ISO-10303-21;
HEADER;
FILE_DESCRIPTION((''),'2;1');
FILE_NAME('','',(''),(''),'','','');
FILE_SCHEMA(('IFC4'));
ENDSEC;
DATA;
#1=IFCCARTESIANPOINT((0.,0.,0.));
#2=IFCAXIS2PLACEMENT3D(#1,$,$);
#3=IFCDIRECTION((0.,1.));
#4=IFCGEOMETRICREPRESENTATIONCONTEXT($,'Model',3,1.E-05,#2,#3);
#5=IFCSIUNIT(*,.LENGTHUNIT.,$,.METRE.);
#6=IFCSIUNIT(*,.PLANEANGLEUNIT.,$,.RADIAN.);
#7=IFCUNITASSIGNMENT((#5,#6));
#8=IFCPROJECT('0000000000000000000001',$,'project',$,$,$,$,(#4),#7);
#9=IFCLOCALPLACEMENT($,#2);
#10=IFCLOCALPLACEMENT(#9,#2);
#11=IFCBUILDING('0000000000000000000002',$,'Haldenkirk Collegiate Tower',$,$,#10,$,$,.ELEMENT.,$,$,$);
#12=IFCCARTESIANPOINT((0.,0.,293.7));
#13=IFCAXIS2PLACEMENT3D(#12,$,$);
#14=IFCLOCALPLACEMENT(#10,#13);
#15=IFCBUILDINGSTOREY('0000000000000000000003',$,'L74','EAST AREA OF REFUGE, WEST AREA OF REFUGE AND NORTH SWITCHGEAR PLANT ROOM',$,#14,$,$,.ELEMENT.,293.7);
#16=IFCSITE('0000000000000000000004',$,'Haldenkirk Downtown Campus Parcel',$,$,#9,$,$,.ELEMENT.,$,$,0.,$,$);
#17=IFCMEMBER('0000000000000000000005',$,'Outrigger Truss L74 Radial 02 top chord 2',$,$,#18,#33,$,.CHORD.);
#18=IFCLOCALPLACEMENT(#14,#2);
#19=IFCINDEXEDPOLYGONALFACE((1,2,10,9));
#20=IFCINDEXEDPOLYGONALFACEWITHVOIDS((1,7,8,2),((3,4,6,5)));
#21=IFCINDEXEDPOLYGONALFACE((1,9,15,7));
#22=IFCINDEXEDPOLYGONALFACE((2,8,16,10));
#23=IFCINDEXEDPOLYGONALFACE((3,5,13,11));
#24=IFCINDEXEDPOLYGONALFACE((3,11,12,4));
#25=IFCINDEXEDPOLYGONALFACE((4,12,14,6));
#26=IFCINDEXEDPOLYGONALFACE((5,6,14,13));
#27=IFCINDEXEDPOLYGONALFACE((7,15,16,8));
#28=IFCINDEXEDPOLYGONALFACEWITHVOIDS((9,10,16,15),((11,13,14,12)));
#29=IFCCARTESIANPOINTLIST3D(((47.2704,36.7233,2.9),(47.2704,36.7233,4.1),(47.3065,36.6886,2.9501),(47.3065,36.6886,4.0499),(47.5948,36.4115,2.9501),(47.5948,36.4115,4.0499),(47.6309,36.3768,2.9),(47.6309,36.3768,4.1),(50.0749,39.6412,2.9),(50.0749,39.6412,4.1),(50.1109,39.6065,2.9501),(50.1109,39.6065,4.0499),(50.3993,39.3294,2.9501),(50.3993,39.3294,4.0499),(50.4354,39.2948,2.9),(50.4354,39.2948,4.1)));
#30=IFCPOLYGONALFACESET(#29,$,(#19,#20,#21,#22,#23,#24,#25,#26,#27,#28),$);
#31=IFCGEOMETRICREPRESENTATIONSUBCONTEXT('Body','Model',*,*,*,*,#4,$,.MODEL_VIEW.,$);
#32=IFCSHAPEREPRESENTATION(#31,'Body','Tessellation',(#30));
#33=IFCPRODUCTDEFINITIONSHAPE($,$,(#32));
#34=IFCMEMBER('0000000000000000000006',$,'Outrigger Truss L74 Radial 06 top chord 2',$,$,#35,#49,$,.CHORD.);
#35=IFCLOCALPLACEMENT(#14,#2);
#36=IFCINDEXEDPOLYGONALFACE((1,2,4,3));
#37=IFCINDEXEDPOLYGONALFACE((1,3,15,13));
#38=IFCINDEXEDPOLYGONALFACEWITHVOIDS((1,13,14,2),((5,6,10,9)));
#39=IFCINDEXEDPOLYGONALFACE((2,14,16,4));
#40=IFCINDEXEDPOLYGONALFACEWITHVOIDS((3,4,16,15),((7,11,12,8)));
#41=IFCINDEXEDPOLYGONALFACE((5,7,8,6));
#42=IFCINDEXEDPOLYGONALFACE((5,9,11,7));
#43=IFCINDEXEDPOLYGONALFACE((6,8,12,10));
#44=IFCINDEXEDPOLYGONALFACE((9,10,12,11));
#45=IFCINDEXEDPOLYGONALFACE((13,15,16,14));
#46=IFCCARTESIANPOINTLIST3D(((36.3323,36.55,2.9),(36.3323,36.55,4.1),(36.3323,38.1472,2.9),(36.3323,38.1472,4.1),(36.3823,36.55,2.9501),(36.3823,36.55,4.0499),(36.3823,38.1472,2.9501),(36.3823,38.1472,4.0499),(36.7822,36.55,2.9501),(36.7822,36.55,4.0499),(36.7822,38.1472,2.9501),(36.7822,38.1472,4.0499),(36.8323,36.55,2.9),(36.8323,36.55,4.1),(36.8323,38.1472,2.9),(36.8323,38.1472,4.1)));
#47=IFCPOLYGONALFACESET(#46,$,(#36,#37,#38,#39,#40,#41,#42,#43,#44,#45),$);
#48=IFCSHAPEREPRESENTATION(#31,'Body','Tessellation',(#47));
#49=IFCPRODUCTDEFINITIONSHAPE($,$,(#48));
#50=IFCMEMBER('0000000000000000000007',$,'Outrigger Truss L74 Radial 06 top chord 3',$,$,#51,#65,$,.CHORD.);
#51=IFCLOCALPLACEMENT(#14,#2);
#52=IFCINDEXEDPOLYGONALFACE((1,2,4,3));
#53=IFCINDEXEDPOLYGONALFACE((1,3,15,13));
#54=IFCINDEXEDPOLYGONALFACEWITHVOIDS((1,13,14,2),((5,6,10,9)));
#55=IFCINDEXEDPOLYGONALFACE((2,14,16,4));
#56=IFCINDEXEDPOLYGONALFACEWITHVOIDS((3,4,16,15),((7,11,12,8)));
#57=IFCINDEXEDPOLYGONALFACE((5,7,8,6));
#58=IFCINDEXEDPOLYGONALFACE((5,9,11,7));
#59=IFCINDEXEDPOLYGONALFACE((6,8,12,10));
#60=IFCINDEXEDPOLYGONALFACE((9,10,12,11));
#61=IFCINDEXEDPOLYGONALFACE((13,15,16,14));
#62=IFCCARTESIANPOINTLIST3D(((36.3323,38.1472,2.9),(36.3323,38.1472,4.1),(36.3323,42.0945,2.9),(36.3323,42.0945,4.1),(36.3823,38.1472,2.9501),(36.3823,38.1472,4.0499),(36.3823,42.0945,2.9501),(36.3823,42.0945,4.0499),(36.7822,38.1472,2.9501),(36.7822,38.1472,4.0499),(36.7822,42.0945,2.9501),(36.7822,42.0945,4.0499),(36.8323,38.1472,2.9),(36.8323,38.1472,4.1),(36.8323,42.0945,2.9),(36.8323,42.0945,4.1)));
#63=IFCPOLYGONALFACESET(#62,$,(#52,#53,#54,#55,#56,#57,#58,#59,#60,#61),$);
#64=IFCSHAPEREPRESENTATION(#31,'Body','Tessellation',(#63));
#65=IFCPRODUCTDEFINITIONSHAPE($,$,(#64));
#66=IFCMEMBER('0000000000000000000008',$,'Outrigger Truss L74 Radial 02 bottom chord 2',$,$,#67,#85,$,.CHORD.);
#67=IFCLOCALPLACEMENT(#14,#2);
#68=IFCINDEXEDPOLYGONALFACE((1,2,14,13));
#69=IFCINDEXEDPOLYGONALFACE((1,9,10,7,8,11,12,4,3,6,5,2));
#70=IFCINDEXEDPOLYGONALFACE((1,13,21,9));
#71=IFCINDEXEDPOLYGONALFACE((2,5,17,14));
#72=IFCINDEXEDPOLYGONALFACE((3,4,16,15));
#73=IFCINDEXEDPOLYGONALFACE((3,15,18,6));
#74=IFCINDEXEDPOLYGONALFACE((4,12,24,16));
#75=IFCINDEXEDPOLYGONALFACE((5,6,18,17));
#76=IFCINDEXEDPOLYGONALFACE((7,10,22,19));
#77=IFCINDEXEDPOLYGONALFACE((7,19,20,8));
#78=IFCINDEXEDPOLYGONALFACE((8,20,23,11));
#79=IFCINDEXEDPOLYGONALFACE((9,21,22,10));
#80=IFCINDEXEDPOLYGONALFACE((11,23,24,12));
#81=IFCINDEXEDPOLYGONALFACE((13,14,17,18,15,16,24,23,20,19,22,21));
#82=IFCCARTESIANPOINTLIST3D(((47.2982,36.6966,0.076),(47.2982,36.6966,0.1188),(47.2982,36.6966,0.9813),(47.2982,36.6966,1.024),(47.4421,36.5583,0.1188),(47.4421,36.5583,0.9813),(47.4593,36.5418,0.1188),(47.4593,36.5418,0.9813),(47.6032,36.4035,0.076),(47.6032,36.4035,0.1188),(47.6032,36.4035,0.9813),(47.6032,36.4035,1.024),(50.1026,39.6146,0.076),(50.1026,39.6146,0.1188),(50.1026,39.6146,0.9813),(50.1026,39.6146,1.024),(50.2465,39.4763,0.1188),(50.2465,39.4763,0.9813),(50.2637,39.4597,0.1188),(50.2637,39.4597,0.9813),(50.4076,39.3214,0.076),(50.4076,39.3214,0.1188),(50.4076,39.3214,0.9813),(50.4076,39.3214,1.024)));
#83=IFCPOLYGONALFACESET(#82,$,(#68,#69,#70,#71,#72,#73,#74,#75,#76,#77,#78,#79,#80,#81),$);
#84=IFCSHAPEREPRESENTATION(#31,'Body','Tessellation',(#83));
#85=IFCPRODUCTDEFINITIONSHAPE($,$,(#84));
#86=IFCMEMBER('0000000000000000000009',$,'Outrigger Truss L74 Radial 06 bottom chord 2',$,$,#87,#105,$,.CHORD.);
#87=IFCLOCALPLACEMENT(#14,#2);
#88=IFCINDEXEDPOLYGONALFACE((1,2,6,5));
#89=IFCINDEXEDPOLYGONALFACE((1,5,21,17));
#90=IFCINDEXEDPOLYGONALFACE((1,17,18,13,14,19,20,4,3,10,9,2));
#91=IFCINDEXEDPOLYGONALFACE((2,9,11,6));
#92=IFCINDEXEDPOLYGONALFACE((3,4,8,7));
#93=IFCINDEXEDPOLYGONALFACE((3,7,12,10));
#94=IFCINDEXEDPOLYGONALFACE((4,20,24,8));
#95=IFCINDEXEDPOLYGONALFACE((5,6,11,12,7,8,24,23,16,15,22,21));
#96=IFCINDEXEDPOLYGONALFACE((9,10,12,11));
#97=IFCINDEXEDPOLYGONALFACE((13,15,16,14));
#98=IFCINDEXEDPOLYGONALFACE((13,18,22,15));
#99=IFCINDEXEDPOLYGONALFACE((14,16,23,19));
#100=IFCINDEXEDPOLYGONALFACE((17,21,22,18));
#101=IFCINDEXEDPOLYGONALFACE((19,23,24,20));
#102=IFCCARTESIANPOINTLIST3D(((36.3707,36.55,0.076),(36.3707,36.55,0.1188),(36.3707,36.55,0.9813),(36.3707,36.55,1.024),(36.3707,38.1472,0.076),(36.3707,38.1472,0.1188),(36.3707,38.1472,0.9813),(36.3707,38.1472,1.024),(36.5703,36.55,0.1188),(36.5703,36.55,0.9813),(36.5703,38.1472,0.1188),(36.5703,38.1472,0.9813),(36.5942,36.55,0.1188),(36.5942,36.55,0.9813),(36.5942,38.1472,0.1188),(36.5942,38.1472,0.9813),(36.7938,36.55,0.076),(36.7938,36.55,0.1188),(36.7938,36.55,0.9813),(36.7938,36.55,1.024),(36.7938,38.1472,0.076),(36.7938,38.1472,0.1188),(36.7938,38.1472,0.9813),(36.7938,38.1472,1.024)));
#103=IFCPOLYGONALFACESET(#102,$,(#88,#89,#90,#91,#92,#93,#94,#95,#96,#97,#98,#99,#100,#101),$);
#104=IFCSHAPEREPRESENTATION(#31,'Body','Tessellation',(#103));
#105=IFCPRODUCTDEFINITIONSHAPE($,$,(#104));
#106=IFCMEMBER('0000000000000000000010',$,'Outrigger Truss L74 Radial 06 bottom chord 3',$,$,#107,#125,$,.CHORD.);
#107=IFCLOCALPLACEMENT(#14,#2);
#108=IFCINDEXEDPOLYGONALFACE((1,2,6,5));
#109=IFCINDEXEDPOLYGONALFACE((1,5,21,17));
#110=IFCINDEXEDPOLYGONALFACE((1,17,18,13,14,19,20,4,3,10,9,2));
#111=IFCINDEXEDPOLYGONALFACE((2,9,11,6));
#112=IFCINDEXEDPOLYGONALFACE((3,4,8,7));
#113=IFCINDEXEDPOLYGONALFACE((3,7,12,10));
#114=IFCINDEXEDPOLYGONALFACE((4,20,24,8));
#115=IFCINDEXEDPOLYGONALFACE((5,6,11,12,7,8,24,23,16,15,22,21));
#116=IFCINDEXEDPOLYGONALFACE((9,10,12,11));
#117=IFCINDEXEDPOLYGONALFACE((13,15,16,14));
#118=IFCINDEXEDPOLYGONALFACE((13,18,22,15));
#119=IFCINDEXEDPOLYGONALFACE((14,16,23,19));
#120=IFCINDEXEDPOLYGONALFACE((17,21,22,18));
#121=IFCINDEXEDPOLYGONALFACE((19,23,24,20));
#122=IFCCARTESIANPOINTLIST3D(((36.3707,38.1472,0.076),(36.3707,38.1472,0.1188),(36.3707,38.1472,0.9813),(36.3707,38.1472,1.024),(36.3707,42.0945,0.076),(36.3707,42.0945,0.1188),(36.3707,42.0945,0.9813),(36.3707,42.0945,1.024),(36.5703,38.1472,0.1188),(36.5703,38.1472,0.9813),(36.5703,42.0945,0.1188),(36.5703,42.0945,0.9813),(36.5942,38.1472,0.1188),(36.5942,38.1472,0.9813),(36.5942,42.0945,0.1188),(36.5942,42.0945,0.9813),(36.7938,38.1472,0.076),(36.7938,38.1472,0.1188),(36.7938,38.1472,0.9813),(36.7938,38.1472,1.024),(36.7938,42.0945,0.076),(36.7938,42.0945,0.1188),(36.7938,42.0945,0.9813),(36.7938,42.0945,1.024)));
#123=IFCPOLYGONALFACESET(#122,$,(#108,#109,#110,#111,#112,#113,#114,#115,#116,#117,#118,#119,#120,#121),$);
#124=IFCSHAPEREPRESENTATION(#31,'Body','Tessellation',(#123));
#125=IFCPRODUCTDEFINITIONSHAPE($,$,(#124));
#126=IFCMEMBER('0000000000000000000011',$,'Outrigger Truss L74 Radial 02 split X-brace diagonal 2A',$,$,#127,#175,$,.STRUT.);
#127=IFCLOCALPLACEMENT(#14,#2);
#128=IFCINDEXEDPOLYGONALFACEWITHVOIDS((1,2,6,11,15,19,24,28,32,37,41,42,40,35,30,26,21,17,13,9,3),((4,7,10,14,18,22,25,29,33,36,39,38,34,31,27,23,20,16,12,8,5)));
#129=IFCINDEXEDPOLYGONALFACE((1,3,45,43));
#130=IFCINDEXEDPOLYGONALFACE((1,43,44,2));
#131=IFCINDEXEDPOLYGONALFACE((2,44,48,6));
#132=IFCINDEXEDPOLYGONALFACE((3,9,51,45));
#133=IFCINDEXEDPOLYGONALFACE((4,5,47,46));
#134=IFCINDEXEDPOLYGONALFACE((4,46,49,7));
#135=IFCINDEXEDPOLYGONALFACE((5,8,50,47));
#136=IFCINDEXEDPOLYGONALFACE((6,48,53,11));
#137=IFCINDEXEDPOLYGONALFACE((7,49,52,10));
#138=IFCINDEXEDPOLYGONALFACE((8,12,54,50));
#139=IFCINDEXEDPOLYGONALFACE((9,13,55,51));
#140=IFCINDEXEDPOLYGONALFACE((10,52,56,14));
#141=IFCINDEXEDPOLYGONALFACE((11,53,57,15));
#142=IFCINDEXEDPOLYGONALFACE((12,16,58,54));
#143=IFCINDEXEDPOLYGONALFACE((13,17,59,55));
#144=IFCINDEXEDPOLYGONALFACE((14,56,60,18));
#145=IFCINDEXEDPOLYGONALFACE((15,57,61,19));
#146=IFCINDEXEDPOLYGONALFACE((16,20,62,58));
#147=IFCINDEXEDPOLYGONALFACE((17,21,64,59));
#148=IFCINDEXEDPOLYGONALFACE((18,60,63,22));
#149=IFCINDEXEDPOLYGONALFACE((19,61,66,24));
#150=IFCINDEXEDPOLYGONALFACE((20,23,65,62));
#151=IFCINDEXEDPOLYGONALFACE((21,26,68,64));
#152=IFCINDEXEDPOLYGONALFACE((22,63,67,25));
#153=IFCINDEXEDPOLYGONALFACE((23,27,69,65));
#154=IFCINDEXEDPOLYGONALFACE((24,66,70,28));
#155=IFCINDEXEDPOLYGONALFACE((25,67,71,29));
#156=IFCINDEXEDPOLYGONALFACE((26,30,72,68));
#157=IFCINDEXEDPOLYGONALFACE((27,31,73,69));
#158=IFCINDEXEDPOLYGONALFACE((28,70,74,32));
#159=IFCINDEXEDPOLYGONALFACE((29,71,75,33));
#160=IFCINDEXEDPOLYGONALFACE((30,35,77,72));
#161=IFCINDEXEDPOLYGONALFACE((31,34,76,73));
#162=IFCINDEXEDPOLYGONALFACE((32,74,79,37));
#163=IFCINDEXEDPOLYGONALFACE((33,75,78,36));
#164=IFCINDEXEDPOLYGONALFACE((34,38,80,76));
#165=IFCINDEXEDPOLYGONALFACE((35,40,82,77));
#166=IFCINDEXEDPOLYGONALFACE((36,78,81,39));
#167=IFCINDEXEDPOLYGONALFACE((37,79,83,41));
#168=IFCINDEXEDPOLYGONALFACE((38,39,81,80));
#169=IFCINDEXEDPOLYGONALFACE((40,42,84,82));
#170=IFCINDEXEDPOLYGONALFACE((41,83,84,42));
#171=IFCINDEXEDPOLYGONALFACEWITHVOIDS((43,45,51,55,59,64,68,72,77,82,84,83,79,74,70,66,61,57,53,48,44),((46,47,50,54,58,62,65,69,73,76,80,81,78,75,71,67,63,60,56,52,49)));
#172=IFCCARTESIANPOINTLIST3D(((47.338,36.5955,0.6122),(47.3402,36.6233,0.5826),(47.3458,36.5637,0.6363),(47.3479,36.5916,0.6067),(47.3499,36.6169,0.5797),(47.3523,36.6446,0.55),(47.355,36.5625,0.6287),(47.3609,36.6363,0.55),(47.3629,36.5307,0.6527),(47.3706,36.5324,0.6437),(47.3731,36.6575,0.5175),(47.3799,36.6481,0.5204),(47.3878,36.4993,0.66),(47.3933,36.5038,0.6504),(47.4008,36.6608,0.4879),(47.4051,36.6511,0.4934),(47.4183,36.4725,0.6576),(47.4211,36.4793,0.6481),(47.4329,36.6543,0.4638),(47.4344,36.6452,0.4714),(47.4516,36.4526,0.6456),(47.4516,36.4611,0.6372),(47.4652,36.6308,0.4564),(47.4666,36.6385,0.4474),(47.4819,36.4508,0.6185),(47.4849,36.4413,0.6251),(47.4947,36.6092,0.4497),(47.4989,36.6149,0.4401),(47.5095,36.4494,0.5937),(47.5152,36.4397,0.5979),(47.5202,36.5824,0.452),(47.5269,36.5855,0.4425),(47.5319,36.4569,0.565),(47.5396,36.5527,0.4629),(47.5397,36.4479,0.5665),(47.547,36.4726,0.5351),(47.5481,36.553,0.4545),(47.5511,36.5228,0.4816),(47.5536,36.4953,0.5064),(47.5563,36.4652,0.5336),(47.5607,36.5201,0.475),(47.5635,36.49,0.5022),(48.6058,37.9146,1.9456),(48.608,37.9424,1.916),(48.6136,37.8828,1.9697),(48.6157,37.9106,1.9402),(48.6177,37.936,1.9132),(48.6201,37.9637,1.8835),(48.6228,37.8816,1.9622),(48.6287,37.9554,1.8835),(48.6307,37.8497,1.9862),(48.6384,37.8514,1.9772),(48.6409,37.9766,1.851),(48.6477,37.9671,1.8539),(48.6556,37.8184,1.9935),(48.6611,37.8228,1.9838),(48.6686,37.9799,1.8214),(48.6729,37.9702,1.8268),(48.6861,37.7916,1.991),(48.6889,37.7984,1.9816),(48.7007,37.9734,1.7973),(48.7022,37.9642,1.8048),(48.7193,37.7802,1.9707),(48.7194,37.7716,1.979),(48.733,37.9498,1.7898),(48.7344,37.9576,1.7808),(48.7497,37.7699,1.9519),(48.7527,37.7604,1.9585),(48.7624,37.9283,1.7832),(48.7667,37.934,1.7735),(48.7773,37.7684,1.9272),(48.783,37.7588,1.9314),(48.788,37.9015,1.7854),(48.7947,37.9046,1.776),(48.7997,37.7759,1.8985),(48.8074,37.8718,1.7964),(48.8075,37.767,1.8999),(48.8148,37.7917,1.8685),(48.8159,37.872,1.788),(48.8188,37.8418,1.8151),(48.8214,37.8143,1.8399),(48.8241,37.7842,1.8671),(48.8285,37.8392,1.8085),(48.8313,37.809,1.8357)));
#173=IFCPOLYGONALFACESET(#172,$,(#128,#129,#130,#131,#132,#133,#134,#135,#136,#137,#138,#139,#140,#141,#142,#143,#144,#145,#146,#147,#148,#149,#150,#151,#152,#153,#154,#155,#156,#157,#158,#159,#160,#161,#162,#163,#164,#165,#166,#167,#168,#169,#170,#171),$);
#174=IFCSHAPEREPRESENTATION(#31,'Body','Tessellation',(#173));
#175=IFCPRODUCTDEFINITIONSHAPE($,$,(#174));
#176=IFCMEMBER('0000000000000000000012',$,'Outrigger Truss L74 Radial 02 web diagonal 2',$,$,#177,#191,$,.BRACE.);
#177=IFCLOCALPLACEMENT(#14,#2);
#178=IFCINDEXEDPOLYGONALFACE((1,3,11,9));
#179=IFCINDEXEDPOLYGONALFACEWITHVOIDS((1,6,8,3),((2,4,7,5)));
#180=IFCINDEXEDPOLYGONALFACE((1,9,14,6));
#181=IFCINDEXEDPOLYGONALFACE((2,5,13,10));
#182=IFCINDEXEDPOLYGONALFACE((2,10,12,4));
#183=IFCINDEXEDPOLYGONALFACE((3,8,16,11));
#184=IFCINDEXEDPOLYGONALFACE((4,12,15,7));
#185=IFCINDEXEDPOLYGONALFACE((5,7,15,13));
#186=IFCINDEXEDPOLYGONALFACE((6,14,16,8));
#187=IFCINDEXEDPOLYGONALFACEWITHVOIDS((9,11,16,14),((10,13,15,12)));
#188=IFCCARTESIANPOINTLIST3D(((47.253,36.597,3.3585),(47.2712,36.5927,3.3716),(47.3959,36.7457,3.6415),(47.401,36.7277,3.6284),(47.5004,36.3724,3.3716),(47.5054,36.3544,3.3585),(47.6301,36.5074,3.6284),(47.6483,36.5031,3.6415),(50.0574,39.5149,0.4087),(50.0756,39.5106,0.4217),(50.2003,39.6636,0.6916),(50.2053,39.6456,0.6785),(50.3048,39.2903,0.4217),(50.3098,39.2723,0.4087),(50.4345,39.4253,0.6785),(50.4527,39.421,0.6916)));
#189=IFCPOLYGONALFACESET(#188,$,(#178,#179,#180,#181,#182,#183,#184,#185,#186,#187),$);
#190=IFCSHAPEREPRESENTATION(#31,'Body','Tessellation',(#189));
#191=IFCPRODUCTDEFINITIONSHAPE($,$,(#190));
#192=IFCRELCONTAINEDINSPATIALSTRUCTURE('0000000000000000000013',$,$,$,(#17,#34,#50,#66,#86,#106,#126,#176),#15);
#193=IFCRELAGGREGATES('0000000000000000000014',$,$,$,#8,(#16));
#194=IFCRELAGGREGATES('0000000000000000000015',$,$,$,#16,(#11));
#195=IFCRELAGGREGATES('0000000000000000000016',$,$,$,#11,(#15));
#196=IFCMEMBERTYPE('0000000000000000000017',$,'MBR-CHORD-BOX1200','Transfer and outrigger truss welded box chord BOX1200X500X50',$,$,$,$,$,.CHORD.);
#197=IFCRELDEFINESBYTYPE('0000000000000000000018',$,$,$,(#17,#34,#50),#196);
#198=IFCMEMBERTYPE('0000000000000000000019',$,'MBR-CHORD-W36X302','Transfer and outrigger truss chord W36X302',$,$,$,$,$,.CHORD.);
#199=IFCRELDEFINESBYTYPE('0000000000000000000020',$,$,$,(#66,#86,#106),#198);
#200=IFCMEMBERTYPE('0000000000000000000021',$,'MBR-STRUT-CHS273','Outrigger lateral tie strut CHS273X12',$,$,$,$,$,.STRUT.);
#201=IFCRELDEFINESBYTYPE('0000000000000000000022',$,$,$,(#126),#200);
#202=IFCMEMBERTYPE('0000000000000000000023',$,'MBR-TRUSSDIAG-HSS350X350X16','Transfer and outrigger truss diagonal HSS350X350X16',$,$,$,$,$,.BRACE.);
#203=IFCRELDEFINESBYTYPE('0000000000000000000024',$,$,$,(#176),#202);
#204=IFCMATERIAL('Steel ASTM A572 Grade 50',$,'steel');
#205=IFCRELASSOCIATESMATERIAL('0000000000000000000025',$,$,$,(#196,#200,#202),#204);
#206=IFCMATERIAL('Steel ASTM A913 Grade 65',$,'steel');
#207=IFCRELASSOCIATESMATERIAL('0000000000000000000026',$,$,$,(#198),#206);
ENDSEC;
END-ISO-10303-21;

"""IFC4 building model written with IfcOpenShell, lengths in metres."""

from ifc_helpers import new_model, si_unit, direction, frame, origin, origin_2d, place, context, subcontext, project, spatial, hollow_rectangle, hollow_circle, i_section, extrude, material, material_profile, profile_set, type_object, element, save


model = new_model("IFC4")

# Units and contexts
model_context = context("Model", 3, precision=1e-05, world=origin(), true_north=direction((0.0, 1.0)))
body_context = subcontext(model_context, "Body", "Model", "MODEL_VIEW")
ifc_project = project(units=[si_unit("LENGTHUNIT", "METRE"), si_unit("PLANEANGLEUNIT", "RADIAN")], contexts=[model_context])

# Site, building, storey
site_placement = place(None, origin())
site = spatial("IfcSite", under=ifc_project, at=site_placement, Name="Haldenkirk Downtown Campus Parcel", CompositionType="ELEMENT", RefElevation=0.0)
building_placement = place(site_placement, origin())
building = spatial("IfcBuilding", under=site, at=building_placement, Name="Haldenkirk Collegiate Tower", CompositionType="ELEMENT")
storey_placement = place(building_placement, frame((0.0, 0.0, 293.7)))
storey = spatial("IfcBuildingStorey", under=building, at=storey_placement, Name="L74", Description="EAST AREA OF REFUGE, WEST AREA OF REFUGE AND NORTH SWITCHGEAR PLANT ROOM", CompositionType="ELEMENT", Elevation=293.7)

# Members
ifc_material_1 = material(Name="Steel ASTM A572 Grade 50", Category="steel")
ifc_material_profile_1 = material_profile(ifc_material_1, hollow_rectangle(XDim=0.5, YDim=1.2, WallThickness=0.05, at=origin_2d()), Name="BOX1200X500X50")
ifc_profile_set_1 = profile_set([ifc_material_profile_1], Name="Steel ASTM A572 Grade 50")
member_type_1 = type_object("IfcMemberType", Name="MBR-CHORD-BOX1200", Description="Transfer and outrigger truss welded box chord BOX1200X500X50", PredefinedType="CHORD", material=ifc_profile_set_1)
member_1_placement = place(storey_placement, frame((47.4507, 36.55, 3.5), z_axis=(0.692942, 0.720993, 0.0), x_axis=(-0.720993, 0.692942, 0.0)))
element("IfcMember", 1, at=member_1_placement, inside=storey, type_object=member_type_1, Name="Outrigger Truss L74 Radial 02 top chord 2", PredefinedType="CHORD", context=body_context, shape_type="SweptSolid", body=[
    extrude(hollow_rectangle(XDim=0.5, YDim=1.2, WallThickness=0.05, at=origin_2d()), origin(), (0.0, 0.0, 1.0), 4.0471),
])
member_2_placement = place(storey_placement, frame((36.5823, 36.55, 3.5), z_axis=(0.0, 1.0, 0.0), x_axis=(-1.0, 0.0, 0.0)))
element("IfcMember", 2, at=member_2_placement, inside=storey, type_object=member_type_1, Name="Outrigger Truss L74 Radial 06 top chord 2", PredefinedType="CHORD", context=body_context, shape_type="SweptSolid", body=[
    extrude(hollow_rectangle(XDim=0.5, YDim=1.2, WallThickness=0.05, at=origin_2d()), origin(), (0.0, 0.0, 1.0), 1.5972),
])
member_3_placement = place(storey_placement, frame((36.5823, 38.1472, 3.5), z_axis=(0.0, 1.0, 0.0), x_axis=(-1.0, 0.0, 0.0)))
element("IfcMember", 3, at=member_3_placement, inside=storey, type_object=member_type_1, Name="Outrigger Truss L74 Radial 06 top chord 3", PredefinedType="CHORD", context=body_context, shape_type="SweptSolid", body=[
    extrude(hollow_rectangle(XDim=0.5, YDim=1.2, WallThickness=0.05, at=origin_2d()), origin(), (0.0, 0.0, 1.0), 3.9473),
])
ifc_material_2 = material(Name="Steel ASTM A913 Grade 65", Category="steel")
ifc_material_profile_2 = material_profile(ifc_material_2, i_section(OverallWidth=0.4231, OverallDepth=0.948, WebThickness=0.0239, FlangeThickness=0.0427, at=origin_2d()), Name="W36X302")
ifc_profile_set_2 = profile_set([ifc_material_profile_2], Name="Steel ASTM A913 Grade 65")
member_type_2 = type_object("IfcMemberType", Name="MBR-CHORD-W36X302", Description="Transfer and outrigger truss chord W36X302", PredefinedType="CHORD", material=ifc_profile_set_2)
member_4_placement = place(storey_placement, frame((47.4507, 36.55, 0.55), z_axis=(0.692942, 0.720993, 0.0), x_axis=(-0.720993, 0.692942, 0.0)))
element("IfcMember", 4, at=member_4_placement, inside=storey, type_object=member_type_2, Name="Outrigger Truss L74 Radial 02 bottom chord 2", PredefinedType="CHORD", context=body_context, shape_type="SweptSolid", body=[
    extrude(i_section(OverallWidth=0.4231, OverallDepth=0.948, WebThickness=0.0239, FlangeThickness=0.0427, at=origin_2d()), origin(), (0.0, 0.0, 1.0), 4.0471),
])
member_5_placement = place(storey_placement, frame((36.5823, 36.55, 0.55), z_axis=(0.0, 1.0, 0.0), x_axis=(-1.0, 0.0, 0.0)))
element("IfcMember", 5, at=member_5_placement, inside=storey, type_object=member_type_2, Name="Outrigger Truss L74 Radial 06 bottom chord 2", PredefinedType="CHORD", context=body_context, shape_type="SweptSolid", body=[
    extrude(i_section(OverallWidth=0.4231, OverallDepth=0.948, WebThickness=0.0239, FlangeThickness=0.0427, at=origin_2d()), origin(), (0.0, 0.0, 1.0), 1.5972),
])
member_6_placement = place(storey_placement, frame((36.5823, 38.1472, 0.55), z_axis=(0.0, 1.0, 0.0), x_axis=(-1.0, 0.0, 0.0)))
element("IfcMember", 6, at=member_6_placement, inside=storey, type_object=member_type_2, Name="Outrigger Truss L74 Radial 06 bottom chord 3", PredefinedType="CHORD", context=body_context, shape_type="SweptSolid", body=[
    extrude(i_section(OverallWidth=0.4231, OverallDepth=0.948, WebThickness=0.0239, FlangeThickness=0.0427, at=origin_2d()), origin(), (0.0, 0.0, 1.0), 3.9473),
])
ifc_material_profile_3 = material_profile(ifc_material_1, hollow_circle(Radius=0.1365, WallThickness=0.012, at=origin_2d()), Name="CHS273X12")
ifc_profile_set_3 = profile_set([ifc_material_profile_3], Name="Steel ASTM A572 Grade 50")
member_type_3 = type_object("IfcMemberType", Name="MBR-STRUT-CHS273", Description="Outrigger lateral tie strut CHS273X12", PredefinedType="STRUT", material=ifc_profile_set_3)
member_7_placement = place(storey_placement, frame((47.4507, 36.55, 0.55), z_axis=(0.559998, 0.582644, 0.589006), x_axis=(-0.720979, 0.692957, 0.0)))
element("IfcMember", 7, at=member_7_placement, inside=storey, type_object=member_type_3, Name="Outrigger Truss L74 Radial 02 split X-brace diagonal 2A", PredefinedType="STRUT", context=body_context, shape_type="SweptSolid", body=[
    extrude(hollow_circle(Radius=0.1365, WallThickness=0.012, at=origin_2d()), origin(), (0.0, 0.0, 1.0), 2.2639),
])
ifc_material_profile_4 = material_profile(ifc_material_1, hollow_rectangle(XDim=0.3501, YDim=0.3501, WallThickness=0.0161, at=origin_2d()), Name="HSS350X350X16")
ifc_profile_set_4 = profile_set([ifc_material_profile_4], Name="Steel ASTM A572 Grade 50")
member_type_4 = type_object("IfcMemberType", Name="MBR-TRUSSDIAG-HSS350X350X16", Description="Transfer and outrigger truss diagonal HSS350X350X16", PredefinedType="BRACE", material=ifc_profile_set_4)
member_8_placement = place(storey_placement, frame((47.4507, 36.55, 3.5), z_axis=(0.559975, 0.582643, -0.589029), x_axis=(-0.720993, 0.692942, 0.0)))
element("IfcMember", 8, at=member_8_placement, inside=storey, type_object=member_type_4, Name="Outrigger Truss L74 Radial 02 web diagonal 2", PredefinedType="BRACE", context=body_context, shape_type="SweptSolid", body=[
    extrude(hollow_rectangle(XDim=0.3501, YDim=0.3501, WallThickness=0.0161, at=origin_2d()), origin(), (0.0, 0.0, 1.0), 5.0081),
])

save(model, "model.ifc")
